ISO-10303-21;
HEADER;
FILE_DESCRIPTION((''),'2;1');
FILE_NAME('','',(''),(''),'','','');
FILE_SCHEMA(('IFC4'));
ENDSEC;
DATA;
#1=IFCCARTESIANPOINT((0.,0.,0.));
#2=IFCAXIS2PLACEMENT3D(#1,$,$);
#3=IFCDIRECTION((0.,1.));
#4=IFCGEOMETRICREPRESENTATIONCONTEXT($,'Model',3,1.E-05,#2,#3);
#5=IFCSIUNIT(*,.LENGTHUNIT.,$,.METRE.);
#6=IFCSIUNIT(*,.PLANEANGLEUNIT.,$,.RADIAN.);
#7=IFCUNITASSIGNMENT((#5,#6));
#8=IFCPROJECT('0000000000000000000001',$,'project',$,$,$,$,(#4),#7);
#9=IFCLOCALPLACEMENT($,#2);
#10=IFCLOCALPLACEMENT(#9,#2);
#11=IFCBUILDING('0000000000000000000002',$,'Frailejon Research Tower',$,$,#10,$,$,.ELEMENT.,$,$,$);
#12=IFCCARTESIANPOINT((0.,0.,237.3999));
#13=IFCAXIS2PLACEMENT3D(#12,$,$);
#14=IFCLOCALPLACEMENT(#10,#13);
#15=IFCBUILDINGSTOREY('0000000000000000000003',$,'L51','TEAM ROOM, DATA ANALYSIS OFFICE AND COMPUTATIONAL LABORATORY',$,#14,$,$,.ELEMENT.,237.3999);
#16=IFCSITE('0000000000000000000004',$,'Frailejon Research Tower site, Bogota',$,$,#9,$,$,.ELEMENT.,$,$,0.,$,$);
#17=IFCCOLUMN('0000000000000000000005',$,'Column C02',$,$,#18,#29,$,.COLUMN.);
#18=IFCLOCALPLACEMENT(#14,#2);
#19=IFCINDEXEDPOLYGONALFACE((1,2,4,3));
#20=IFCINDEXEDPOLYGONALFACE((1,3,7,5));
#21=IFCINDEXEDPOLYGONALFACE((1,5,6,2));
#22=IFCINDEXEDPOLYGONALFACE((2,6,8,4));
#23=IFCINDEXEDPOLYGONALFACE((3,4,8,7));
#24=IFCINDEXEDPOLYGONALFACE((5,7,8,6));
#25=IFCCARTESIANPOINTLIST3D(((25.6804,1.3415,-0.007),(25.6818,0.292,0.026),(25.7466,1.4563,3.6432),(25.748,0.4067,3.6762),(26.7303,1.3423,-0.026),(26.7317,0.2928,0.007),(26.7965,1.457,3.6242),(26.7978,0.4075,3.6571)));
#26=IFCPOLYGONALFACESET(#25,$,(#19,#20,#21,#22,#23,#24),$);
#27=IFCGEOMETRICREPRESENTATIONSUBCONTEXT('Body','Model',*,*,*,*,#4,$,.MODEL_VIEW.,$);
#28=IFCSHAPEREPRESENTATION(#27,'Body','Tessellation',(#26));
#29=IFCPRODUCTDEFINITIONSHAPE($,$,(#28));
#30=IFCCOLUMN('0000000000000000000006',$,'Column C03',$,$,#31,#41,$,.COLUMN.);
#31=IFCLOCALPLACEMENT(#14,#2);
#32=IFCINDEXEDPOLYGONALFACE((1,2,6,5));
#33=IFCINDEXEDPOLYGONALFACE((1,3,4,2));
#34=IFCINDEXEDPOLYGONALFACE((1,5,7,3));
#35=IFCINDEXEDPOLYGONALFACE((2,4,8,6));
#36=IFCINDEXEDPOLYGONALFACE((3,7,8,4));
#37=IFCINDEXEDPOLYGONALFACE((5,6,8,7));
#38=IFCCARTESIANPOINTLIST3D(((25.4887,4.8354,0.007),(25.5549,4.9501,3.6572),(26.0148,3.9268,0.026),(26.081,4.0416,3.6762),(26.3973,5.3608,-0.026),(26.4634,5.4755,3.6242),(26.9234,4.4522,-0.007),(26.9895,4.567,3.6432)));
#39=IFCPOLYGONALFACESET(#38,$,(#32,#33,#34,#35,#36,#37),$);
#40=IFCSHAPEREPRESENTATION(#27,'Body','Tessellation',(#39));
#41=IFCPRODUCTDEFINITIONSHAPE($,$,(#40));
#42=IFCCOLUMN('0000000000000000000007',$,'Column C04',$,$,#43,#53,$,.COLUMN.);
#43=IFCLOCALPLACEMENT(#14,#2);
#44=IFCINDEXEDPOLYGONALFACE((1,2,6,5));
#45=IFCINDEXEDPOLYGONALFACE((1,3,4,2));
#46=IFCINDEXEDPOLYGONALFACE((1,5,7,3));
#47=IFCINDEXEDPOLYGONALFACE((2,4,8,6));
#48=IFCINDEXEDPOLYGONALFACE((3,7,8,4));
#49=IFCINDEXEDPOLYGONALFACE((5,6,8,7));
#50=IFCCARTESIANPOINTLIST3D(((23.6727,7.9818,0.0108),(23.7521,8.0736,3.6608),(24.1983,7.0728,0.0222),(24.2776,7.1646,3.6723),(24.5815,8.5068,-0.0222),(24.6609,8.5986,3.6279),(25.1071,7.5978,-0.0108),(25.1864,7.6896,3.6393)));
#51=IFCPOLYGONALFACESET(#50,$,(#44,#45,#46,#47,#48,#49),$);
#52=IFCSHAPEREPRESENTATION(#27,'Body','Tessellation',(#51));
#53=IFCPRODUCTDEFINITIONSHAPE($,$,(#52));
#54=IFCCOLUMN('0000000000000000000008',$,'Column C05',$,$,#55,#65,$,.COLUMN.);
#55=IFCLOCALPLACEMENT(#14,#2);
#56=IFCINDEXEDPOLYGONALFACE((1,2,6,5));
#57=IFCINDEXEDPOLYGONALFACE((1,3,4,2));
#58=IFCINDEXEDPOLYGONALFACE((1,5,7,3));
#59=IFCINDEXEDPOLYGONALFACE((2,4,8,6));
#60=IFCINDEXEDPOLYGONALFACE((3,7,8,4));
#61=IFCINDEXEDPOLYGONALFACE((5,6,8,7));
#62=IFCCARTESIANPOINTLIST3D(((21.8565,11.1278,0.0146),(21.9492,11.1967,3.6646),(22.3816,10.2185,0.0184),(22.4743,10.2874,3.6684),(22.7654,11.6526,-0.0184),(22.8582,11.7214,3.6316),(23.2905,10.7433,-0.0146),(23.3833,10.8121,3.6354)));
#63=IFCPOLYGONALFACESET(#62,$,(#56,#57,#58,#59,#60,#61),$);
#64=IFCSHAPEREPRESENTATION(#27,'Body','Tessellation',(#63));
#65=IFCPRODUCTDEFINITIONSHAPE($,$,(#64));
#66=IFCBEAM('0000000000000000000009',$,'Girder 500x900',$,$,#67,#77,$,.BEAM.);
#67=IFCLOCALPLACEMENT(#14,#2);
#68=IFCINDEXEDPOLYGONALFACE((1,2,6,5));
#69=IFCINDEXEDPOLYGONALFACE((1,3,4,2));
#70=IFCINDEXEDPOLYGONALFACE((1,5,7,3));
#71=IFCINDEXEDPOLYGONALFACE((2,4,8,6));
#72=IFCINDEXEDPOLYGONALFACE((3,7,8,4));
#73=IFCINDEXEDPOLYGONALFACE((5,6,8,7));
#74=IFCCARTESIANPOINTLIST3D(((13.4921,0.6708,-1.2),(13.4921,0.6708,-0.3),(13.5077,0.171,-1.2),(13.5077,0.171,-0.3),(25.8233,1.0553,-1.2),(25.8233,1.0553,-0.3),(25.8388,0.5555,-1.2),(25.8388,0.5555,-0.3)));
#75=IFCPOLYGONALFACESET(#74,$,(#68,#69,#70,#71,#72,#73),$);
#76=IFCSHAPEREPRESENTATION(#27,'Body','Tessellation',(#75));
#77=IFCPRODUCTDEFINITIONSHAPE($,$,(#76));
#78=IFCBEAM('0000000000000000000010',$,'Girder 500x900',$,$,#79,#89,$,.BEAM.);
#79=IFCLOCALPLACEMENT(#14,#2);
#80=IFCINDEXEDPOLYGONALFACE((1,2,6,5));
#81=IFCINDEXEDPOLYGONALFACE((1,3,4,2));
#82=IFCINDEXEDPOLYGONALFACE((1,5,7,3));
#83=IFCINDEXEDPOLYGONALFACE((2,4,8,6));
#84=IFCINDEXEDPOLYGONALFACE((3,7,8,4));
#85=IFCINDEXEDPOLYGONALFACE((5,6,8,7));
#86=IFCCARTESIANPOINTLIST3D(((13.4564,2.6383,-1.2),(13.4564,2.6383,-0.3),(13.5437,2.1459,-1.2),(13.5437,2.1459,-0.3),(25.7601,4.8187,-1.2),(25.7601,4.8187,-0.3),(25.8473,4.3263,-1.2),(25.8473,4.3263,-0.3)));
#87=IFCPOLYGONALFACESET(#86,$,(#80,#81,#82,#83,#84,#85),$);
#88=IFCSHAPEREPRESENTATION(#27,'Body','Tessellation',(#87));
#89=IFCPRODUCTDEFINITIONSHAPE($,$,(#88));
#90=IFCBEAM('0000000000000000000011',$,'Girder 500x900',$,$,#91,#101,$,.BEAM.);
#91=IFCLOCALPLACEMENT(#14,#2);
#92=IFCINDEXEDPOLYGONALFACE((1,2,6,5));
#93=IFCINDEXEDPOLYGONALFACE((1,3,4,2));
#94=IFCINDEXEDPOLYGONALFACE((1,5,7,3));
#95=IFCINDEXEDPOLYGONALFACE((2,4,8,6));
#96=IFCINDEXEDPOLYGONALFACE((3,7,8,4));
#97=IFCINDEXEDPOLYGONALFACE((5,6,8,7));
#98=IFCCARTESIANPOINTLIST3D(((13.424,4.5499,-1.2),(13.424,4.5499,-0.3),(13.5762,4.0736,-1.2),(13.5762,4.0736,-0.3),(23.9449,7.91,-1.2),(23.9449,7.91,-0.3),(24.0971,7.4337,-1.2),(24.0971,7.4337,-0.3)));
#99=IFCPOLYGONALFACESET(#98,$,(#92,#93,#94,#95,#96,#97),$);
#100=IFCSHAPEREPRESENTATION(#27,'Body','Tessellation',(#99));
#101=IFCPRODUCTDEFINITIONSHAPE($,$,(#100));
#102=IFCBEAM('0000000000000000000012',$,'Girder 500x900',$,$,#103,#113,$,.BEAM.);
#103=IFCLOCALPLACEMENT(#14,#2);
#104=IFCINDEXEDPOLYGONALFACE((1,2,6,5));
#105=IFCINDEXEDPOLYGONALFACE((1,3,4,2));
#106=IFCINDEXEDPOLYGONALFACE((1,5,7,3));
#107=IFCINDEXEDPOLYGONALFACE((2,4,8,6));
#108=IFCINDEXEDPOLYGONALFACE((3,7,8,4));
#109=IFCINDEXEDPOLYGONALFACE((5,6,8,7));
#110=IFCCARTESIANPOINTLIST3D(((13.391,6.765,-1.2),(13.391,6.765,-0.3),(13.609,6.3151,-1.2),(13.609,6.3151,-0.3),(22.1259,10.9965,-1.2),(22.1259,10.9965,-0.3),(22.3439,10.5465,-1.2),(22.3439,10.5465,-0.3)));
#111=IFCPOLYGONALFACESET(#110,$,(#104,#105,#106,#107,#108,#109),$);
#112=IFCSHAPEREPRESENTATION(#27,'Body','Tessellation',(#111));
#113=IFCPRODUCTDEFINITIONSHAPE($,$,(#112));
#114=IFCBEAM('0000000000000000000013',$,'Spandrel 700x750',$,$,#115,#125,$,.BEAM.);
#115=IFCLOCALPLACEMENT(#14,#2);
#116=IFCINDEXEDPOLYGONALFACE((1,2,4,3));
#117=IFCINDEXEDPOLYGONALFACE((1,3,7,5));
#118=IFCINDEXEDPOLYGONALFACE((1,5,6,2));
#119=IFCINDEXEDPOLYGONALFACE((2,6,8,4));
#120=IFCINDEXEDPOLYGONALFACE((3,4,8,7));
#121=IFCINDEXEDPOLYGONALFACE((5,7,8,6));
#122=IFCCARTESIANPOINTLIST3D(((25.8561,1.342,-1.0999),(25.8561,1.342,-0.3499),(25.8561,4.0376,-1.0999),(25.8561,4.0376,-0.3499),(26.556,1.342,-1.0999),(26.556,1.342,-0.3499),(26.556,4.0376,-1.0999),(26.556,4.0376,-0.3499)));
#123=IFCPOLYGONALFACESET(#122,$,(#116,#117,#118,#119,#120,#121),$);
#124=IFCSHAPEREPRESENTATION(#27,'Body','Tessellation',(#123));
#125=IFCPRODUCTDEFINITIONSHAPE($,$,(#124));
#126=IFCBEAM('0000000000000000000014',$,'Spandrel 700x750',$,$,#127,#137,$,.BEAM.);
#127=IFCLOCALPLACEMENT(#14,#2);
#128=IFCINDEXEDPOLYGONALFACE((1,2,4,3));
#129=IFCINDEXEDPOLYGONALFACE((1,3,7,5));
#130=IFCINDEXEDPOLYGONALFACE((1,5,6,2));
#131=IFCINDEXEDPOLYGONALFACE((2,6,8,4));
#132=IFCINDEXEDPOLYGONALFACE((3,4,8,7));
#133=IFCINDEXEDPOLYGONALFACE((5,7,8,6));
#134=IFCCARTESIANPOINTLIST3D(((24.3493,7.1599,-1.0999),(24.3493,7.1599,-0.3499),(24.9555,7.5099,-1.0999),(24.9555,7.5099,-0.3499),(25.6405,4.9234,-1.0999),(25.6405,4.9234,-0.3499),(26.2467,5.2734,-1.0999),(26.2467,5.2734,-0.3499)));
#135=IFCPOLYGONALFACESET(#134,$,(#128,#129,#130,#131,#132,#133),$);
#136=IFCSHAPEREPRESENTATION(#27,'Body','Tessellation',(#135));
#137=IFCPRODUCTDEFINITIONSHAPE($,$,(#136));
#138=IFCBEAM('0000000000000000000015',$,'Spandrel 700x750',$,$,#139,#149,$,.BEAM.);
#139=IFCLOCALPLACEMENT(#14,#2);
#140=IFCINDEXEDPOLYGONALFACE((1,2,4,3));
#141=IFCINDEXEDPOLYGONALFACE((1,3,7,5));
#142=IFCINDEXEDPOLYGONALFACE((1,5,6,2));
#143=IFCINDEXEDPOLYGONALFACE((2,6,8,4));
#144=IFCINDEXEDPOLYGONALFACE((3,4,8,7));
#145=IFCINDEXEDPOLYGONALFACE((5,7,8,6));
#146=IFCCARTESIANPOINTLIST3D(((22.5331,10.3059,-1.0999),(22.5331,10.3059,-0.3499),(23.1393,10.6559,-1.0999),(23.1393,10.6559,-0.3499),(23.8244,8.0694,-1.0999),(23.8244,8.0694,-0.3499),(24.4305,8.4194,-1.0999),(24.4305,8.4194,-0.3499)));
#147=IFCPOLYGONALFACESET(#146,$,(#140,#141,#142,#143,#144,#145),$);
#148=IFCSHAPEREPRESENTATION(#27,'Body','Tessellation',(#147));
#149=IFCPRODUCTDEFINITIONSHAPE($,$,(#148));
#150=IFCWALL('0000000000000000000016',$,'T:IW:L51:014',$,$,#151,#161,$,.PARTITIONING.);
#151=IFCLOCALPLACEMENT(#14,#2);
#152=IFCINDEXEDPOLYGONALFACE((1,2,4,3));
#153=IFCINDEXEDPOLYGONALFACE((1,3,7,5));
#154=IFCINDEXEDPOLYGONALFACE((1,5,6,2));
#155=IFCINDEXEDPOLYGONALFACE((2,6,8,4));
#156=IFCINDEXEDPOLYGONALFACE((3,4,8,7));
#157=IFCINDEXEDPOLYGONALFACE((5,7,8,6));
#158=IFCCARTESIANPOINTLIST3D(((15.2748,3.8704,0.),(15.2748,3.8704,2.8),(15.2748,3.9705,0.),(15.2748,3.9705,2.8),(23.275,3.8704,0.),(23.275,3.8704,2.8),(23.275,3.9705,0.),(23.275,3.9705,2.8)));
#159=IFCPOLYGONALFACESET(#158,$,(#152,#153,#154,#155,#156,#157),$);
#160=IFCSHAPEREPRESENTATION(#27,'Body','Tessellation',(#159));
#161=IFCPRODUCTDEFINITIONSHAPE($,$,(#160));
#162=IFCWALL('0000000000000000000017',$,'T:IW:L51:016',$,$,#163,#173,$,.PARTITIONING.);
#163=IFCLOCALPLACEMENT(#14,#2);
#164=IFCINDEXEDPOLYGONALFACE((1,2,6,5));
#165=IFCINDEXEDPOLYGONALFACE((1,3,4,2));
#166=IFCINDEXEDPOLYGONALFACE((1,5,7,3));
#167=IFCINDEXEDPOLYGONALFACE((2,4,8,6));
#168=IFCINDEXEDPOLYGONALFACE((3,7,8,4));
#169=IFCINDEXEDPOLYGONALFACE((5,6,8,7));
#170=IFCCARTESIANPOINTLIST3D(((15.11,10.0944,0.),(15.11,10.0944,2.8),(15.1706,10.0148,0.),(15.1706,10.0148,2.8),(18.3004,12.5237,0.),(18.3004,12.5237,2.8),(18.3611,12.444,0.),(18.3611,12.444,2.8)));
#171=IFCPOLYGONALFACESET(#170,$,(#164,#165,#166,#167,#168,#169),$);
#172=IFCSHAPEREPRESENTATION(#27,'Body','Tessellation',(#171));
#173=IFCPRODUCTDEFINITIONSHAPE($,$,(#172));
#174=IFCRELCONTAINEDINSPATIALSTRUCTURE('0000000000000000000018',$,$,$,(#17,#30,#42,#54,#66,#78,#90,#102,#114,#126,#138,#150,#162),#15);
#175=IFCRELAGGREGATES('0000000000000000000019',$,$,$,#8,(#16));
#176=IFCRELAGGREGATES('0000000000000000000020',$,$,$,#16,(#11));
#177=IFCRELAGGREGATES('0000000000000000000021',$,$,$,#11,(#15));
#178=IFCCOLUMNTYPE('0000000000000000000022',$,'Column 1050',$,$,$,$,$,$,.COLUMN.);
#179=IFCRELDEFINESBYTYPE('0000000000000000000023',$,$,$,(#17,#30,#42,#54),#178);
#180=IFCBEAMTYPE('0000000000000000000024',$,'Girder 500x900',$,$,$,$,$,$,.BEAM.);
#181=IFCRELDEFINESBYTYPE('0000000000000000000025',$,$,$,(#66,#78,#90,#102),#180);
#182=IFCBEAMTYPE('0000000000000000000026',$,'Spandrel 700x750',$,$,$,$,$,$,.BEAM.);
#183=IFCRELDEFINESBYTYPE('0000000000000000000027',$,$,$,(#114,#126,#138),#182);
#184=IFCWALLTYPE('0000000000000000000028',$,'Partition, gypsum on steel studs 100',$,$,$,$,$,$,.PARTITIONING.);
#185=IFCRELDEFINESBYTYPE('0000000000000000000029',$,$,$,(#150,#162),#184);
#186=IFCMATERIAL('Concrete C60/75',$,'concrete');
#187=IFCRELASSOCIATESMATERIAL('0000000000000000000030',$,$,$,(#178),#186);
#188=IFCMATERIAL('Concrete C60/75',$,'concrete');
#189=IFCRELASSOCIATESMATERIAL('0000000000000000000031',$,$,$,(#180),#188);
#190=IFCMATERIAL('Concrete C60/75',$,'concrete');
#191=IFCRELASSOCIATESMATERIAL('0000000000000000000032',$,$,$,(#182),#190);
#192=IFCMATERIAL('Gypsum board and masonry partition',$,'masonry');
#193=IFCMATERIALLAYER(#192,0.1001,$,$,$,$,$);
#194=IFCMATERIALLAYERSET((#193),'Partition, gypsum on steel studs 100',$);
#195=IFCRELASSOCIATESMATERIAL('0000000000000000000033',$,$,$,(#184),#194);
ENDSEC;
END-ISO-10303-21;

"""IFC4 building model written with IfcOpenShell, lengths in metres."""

from ifc_helpers import new_model, si_unit, direction, frame, frame_2d, origin, origin_2d, place, context, subcontext, project, spatial, rectangle, extrude, material, layer, layer_set, material_profile, profile_set, type_object, element, save


model = new_model("IFC4")

# Units and contexts
model_context = context("Model", 3, precision=1e-05, world=origin(), true_north=direction((0.0, 1.0)))
body_context = subcontext(model_context, "Body", "Model", "MODEL_VIEW")
ifc_project = project(units=[si_unit("LENGTHUNIT", "METRE"), si_unit("PLANEANGLEUNIT", "RADIAN")], contexts=[model_context])

# Site, building, storey
site_placement = place(None, origin())
site = spatial("IfcSite", under=ifc_project, at=site_placement, Name="Frailejon Research Tower site, Bogota", CompositionType="ELEMENT", RefElevation=0.0)
building_placement = place(site_placement, origin())
building = spatial("IfcBuilding", under=site, at=building_placement, Name="Frailejon Research Tower", CompositionType="ELEMENT")
storey_placement = place(building_placement, frame((0.0, 0.0, 237.3999)))
storey = spatial("IfcBuildingStorey", under=building, at=storey_placement, Name="L51", Description="TEAM ROOM, DATA ANALYSIS OFFICE AND COMPUTATIONAL LABORATORY", CompositionType="ELEMENT", Elevation=237.3999)

# Columns
ifc_material_1 = material(Name="Concrete C60/75", Category="concrete")
ifc_material_profile_1 = material_profile(ifc_material_1, rectangle(XDim=1.05, YDim=1.05, at=origin_2d()), Name="Column 1050")
ifc_profile_set_1 = profile_set([ifc_material_profile_1], Name="Concrete C60/75")
column_type = type_object("IfcColumnType", Name="Column 1050", PredefinedType="COLUMN", material=ifc_profile_set_1)
for number, where, z_axis, x_axis, name in (
    (1, (26.2061, 0.8171, 0.0), (0.018114, 0.031415, 0.999342), (-0.001297, 0.999506, -0.031397), "Column C02"),
    (2, (26.2061, 4.6438, 0.0), (0.018114, 0.031415, 0.999342), (-0.501041, 0.865234, -0.018118), "Column C03"),
):
    element("IfcColumn", number, at=place(storey_placement, frame(where, z_axis=z_axis, x_axis=x_axis)), inside=storey, type_object=column_type, Name=name, PredefinedType="COLUMN", context=body_context, shape_type="SweptSolid", body=[
        extrude(rectangle(XDim=1.05, YDim=1.05, at=origin_2d()), origin(), (0.0, 0.0, 1.0), 3.6526),
    ])
column_1_placement = place(storey_placement, frame((24.3899, 7.7898, 0.0), z_axis=(0.021726, 0.025135, 0.999448), x_axis=(-0.500489, 0.865674, -0.010891)))
element("IfcColumn", 3, at=column_1_placement, inside=storey, type_object=column_type, Name="Column C04", PredefinedType="COLUMN", context=body_context, shape_type="SweptSolid", body=[
    extrude(rectangle(XDim=1.05, YDim=1.05, at=origin_2d()), origin(), (0.0, 0.0, 1.0), 3.6521),
])
column_2_placement = place(storey_placement, frame((22.5735, 10.9355, 0.0), z_axis=(0.025404, 0.018852, 0.9995), x_axis=(-0.500084, 0.865969, -0.003623)))
element("IfcColumn", 4, at=column_2_placement, inside=storey, type_object=column_type, Name="Column C05", PredefinedType="COLUMN", context=body_context, shape_type="SweptSolid", body=[
    extrude(rectangle(XDim=1.05, YDim=1.05, at=origin_2d()), origin(), (0.0, 0.0, 1.0), 3.6519),
])

# Beams
ifc_material_2 = material(Name="Concrete C60/75", Category="concrete")
ifc_material_profile_2 = material_profile(ifc_material_2, rectangle(XDim=0.5, YDim=0.8999, at=origin_2d()), Name="Girder 500x900")
ifc_profile_set_2 = profile_set([ifc_material_profile_2], Name="Concrete C60/75")
beam_type_1 = type_object("IfcBeamType", Name="Girder 500x900", PredefinedType="BEAM", material=ifc_profile_set_2)
beam_1_placement = place(storey_placement, frame((25.8311, 0.8054, -0.75), z_axis=(-0.999514, -0.031168, 0.0), x_axis=(0.031168, -0.999514, 0.0)))
element("IfcBeam", 5, at=beam_1_placement, inside=storey, type_object=beam_type_1, Name="Girder 500x900", PredefinedType="BEAM", context=body_context, shape_type="SweptSolid", body=[
    extrude(rectangle(XDim=0.5, YDim=0.8999, at=origin_2d()), origin(), (0.0, 0.0, 1.0), 12.3372),
])
beam_2_placement = place(storey_placement, frame((25.8037, 4.5725, -0.75), z_axis=(-0.984658, -0.174498, 0.0), x_axis=(0.174498, -0.984658, 0.0)))
element("IfcBeam", 6, at=beam_2_placement, inside=storey, type_object=beam_type_1, Name="Girder 500x900", PredefinedType="BEAM", context=body_context, shape_type="SweptSolid", body=[
    extrude(rectangle(XDim=0.5, YDim=0.8999, at=origin_2d()), origin(), (0.0, 0.0, 1.0), 12.4954),
])
beam_3_placement = place(storey_placement, frame((24.021, 7.6719, -0.75), z_axis=(-0.952598, -0.304233, 0.0), x_axis=(0.304233, -0.952598, 0.0)))
element("IfcBeam", 7, at=beam_3_placement, inside=storey, type_object=beam_type_1, Name="Girder 500x900", PredefinedType="BEAM", context=body_context, shape_type="SweptSolid", body=[
    extrude(rectangle(XDim=0.5, YDim=0.8999, at=origin_2d()), origin(), (0.0, 0.0, 1.0), 11.0444),
])
beam_4_placement = place(storey_placement, frame((22.2349, 10.7715, -0.75), z_axis=(-0.899961, -0.43597, 0.0), x_axis=(0.43597, -0.899961, 0.0)))
element("IfcBeam", 8, at=beam_4_placement, inside=storey, type_object=beam_type_1, Name="Girder 500x900", PredefinedType="BEAM", context=body_context, shape_type="SweptSolid", body=[
    extrude(rectangle(XDim=0.5, YDim=0.8999, at=origin_2d()), origin(), (0.0, 0.0, 1.0), 9.7058),
])
ifc_material_3 = material(Name="Concrete C60/75", Category="concrete")
ifc_material_profile_3 = material_profile(ifc_material_3, rectangle(XDim=0.7, YDim=0.75, at=origin_2d()), Name="Spandrel 700x750")
ifc_profile_set_3 = profile_set([ifc_material_profile_3], Name="Concrete C60/75")
beam_type_2 = type_object("IfcBeamType", Name="Spandrel 700x750", PredefinedType="BEAM", material=ifc_profile_set_3)
beam_5_placement = place(storey_placement, frame((26.2061, 1.342, -0.7249), z_axis=(0.0, 1.0, 0.0), x_axis=(-1.0, 0.0, 0.0)))
element("IfcBeam", 9, at=beam_5_placement, inside=storey, type_object=beam_type_2, Name="Spandrel 700x750", PredefinedType="BEAM", context=body_context, shape_type="SweptSolid", body=[
    extrude(rectangle(XDim=0.7, YDim=0.75, at=origin_2d()), origin(), (0.0, 0.0, 1.0), 2.6956),
])
for number, where, z_axis, x_axis, name in (
    (10, (25.9436, 5.0984, -0.7249), (-0.499992, 0.86603, 0.0), (-0.86603, -0.499992, 0.0), "Spandrel 700x750"),
    (11, (24.1274, 8.2444, -0.7249), (-0.499992, 0.86603, 0.0), (-0.86603, -0.499992, 0.0), "Spandrel 700x750"),
):
    element("IfcBeam", number, at=place(storey_placement, frame(where, z_axis=z_axis, x_axis=x_axis)), inside=storey, type_object=beam_type_2, Name=name, PredefinedType="BEAM", context=body_context, shape_type="SweptSolid", body=[
        extrude(rectangle(XDim=0.7, YDim=0.75, at=origin_2d()), origin(), (0.0, 0.0, 1.0), 2.5825),
    ])

# Walls
ifc_material_4 = material(Name="Gypsum board and masonry partition", Category="masonry")
ifc_layer_1 = layer(ifc_material_4, 0.1001)
ifc_layer_set_1 = layer_set([ifc_layer_1], Name="Partition, gypsum on steel studs 100")
wall_type_1 = type_object("IfcWallType", Name="Partition, gypsum on steel studs 100", PredefinedType="PARTITIONING", material=ifc_layer_set_1)
wall_1_placement = place(storey_placement, frame((15.2749, 3.9204, 0.0), z_axis=(0.0, 0.0, 1.0), x_axis=(1.0, 0.0, 0.0)))
element("IfcWall", 12, at=wall_1_placement, inside=storey, type_object=wall_type_1, Name="T:IW:L51:014", PredefinedType="PARTITIONING", context=body_context, shape_type="SweptSolid", body=[
    extrude(rectangle(XDim=8.0002, YDim=0.1001, at=frame_2d((4.0, 0.0))), origin(), (0.0, 0.0, 1.0), 2.8),
])
wall_2_placement = place(storey_placement, frame((15.1404, 10.0547, 0.0), z_axis=(0.0, 0.0, 1.0), x_axis=(0.795625, 0.60579, 0.0)))
element("IfcWall", 13, at=wall_2_placement, inside=storey, type_object=wall_type_1, Name="T:IW:L51:016", PredefinedType="PARTITIONING", context=body_context, shape_type="SweptSolid", body=[
    extrude(rectangle(XDim=4.01, YDim=0.1001, at=frame_2d((2.0049, 0.0))), origin(), (0.0, 0.0, 1.0), 2.8),
])

save(model, "model.ifc")
